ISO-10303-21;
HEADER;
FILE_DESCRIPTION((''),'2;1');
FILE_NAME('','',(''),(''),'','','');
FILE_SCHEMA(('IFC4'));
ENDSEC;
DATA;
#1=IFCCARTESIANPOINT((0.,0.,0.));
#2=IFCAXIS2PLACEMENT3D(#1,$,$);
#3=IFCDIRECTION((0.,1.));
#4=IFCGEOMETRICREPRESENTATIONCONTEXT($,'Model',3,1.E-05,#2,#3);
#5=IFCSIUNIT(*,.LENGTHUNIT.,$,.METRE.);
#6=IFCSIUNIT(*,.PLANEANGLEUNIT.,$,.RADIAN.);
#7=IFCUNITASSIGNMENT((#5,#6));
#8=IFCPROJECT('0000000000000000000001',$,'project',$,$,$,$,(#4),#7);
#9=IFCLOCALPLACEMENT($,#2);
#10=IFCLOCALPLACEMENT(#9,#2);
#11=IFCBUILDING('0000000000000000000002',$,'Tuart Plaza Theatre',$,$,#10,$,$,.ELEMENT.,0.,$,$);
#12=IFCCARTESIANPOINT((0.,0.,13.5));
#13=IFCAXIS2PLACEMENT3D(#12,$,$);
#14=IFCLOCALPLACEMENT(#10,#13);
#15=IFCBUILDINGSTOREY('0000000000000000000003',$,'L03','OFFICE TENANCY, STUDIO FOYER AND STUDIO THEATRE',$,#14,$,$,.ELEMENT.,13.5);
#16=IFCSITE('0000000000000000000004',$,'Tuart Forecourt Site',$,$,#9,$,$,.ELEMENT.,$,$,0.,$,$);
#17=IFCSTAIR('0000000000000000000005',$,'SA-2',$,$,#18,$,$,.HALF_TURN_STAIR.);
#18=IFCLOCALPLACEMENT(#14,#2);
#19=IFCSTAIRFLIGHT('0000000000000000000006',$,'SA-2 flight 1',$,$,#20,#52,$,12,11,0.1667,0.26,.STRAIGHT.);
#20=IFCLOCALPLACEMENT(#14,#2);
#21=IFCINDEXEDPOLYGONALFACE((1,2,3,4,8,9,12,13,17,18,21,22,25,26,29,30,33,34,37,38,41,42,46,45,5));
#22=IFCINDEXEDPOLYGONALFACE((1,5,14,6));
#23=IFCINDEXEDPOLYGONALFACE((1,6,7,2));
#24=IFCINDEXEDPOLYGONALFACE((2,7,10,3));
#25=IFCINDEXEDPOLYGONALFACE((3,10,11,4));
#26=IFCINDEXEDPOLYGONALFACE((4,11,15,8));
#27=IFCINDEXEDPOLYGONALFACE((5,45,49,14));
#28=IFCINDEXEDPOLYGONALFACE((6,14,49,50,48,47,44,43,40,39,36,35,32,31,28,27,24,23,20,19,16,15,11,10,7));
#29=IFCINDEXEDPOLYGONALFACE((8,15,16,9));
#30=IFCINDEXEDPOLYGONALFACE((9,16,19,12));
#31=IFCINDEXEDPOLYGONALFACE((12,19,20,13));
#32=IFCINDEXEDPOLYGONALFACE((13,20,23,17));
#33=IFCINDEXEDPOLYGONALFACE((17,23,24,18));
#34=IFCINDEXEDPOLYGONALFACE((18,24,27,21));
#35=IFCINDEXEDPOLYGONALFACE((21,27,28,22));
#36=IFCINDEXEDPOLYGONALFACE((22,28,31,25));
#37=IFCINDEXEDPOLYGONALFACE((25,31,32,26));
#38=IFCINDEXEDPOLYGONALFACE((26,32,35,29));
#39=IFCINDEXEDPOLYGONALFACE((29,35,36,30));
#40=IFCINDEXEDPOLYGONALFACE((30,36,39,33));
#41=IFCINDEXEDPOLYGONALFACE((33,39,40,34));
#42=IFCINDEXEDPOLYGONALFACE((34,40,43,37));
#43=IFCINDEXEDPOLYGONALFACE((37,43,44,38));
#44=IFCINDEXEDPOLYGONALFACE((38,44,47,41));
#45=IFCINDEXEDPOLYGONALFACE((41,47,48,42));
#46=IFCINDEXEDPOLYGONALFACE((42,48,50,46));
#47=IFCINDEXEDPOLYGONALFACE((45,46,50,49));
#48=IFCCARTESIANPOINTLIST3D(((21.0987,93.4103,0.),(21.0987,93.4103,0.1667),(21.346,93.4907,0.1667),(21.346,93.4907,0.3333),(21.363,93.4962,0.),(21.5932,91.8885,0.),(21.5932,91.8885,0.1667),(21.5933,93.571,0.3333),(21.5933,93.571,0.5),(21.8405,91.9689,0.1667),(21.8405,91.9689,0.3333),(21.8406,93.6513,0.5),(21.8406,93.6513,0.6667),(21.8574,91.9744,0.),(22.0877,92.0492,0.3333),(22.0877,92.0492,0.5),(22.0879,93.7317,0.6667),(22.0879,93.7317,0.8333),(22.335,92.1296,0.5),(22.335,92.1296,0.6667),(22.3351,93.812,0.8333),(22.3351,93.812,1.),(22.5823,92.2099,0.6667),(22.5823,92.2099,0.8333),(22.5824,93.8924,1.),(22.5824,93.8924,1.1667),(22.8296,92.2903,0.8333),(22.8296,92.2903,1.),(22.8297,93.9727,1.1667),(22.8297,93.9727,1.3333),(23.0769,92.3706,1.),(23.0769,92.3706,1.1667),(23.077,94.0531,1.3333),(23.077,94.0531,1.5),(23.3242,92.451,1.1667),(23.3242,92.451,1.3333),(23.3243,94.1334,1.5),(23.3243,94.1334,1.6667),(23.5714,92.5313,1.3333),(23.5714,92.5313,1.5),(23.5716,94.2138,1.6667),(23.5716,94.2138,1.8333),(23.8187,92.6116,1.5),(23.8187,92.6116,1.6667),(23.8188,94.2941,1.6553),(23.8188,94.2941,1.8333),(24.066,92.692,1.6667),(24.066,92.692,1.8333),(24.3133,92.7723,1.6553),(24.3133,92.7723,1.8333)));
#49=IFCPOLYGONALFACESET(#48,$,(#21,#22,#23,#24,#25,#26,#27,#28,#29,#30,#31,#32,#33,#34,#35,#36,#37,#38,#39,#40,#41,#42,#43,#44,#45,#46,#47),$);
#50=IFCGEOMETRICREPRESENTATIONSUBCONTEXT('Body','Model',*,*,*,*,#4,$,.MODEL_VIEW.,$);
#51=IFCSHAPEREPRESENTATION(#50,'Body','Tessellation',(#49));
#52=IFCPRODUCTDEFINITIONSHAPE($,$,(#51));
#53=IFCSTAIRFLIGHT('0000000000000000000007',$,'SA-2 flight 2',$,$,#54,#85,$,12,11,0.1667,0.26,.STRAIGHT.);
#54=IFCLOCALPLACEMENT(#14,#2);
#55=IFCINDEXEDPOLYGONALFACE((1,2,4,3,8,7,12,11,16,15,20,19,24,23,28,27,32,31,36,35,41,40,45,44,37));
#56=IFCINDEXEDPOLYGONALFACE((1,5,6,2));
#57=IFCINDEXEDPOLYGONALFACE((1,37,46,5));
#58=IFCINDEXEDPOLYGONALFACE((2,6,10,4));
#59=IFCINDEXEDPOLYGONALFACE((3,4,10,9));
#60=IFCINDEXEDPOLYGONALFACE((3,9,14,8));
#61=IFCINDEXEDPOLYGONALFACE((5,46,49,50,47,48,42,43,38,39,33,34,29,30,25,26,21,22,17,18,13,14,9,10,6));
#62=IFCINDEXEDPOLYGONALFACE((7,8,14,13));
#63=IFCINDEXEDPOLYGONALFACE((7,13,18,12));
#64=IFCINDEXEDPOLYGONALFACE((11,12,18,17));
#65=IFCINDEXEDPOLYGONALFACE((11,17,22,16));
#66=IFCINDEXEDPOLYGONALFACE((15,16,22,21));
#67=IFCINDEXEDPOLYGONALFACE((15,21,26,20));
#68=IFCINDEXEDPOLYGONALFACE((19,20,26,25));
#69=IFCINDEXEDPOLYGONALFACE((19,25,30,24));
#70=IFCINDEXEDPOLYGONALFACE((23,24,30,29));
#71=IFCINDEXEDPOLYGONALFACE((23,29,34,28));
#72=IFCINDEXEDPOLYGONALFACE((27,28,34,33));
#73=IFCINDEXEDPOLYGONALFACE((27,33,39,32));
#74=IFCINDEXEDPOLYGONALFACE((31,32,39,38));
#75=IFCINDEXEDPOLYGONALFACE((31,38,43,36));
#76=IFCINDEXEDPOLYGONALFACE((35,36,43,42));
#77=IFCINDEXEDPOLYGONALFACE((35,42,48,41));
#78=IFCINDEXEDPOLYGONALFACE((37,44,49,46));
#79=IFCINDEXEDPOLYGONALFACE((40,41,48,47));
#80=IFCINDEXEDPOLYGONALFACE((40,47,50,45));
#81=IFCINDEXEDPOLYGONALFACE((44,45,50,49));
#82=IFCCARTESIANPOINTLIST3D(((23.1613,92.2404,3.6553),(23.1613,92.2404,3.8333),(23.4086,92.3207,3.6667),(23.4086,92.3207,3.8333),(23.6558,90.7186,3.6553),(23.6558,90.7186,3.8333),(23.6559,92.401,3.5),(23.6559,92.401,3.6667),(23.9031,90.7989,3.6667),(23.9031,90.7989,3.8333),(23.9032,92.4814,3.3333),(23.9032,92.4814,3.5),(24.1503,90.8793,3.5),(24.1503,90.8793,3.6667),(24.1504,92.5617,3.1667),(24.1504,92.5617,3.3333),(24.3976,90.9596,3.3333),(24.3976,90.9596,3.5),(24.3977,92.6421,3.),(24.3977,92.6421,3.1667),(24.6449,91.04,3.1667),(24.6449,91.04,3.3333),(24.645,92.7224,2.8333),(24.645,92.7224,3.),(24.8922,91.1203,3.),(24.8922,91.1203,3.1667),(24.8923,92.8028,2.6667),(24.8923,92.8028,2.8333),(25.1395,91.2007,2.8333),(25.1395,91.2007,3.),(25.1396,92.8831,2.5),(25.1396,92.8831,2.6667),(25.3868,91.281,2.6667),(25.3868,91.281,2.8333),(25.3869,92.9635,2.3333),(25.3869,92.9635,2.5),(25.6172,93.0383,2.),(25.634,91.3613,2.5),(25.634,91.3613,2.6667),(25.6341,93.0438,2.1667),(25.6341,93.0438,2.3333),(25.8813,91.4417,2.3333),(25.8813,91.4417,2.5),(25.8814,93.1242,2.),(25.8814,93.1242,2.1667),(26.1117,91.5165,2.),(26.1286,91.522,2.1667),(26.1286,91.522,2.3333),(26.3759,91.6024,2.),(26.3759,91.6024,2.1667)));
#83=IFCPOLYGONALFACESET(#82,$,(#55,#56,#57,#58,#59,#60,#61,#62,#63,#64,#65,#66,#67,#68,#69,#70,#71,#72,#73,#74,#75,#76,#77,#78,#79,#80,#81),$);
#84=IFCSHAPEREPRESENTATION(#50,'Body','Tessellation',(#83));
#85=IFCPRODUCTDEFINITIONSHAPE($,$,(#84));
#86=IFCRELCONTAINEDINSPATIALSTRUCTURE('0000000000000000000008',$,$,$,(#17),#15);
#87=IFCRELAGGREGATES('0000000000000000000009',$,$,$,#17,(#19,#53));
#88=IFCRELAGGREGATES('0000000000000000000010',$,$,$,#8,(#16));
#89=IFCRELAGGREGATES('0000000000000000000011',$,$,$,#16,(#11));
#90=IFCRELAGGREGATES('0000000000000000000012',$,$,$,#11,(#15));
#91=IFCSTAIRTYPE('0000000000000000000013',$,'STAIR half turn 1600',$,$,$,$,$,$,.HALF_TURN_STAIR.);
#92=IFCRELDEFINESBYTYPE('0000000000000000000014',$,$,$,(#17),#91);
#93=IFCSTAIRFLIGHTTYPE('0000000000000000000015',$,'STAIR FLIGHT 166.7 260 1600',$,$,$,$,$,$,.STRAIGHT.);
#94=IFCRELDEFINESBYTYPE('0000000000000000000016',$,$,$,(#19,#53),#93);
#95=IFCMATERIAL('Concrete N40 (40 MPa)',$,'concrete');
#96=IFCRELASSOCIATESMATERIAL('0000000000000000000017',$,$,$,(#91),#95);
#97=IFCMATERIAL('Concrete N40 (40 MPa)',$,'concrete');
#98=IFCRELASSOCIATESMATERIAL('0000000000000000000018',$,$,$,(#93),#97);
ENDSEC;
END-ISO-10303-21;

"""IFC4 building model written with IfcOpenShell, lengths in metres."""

from ifc_helpers import new_model, si_unit, direction, frame, origin, place, context, subcontext, project, spatial, polyline, outline, extrude, material, type_object, element, aggregate, save


model = new_model("IFC4")

# Units and contexts
model_context = context("Model", 3, precision=1e-05, world=origin(), true_north=direction((0.0, 1.0)))
body_context = subcontext(model_context, "Body", "Model", "MODEL_VIEW")
ifc_project = project(units=[si_unit("LENGTHUNIT", "METRE"), si_unit("PLANEANGLEUNIT", "RADIAN")], contexts=[model_context])

# Site, building, storey
site_placement = place(None, origin())
site = spatial("IfcSite", under=ifc_project, at=site_placement, Name="Tuart Forecourt Site", CompositionType="ELEMENT", RefElevation=0.0)
building_placement = place(site_placement, origin())
building = spatial("IfcBuilding", under=site, at=building_placement, Name="Tuart Plaza Theatre", CompositionType="ELEMENT", ElevationOfRefHeight=0.0)
storey_placement = place(building_placement, frame((0.0, 0.0, 13.5)))
storey = spatial("IfcBuildingStorey", under=building, at=storey_placement, Name="L03", Description="OFFICE TENANCY, STUDIO FOYER AND STUDIO THEATRE", CompositionType="ELEMENT", Elevation=13.5)

# Stair, stair flights
ifc_material_1 = material(Name="Concrete N40 (40 MPa)", Category="concrete")
stair_type = type_object("IfcStairType", Name="STAIR half turn 1600", PredefinedType="HALF_TURN_STAIR", material=ifc_material_1)
stair_placement = place(storey_placement, origin())
stair = element("IfcStair", 1, at=stair_placement, inside=storey, type_object=stair_type, Name="SA-2", PredefinedType="HALF_TURN_STAIR")
ifc_material_2 = material(Name="Concrete N40 (40 MPa)", Category="concrete")
stair_flight_type = type_object("IfcStairFlightType", Name="STAIR FLIGHT 166.7 260 1600", PredefinedType="STRAIGHT", material=ifc_material_2)
stair_flight_1_placement = place(storey_placement, frame((21.3459, 92.6494, 0.0), z_axis=(0.0, 0.0, 1.0), x_axis=(0.951057, 0.309017, 0.0)))
stair_flight_1 = element("IfcStairFlight", 2, at=stair_flight_1_placement, type_object=stair_flight_type, Name="SA-2 flight 1", NumberOfRisers=12, NumberOfTreads=11, PredefinedType="STRAIGHT", RiserHeight=0.1667, TreadLength=0.26, context=body_context, shape_type="SweptSolid", body=[
    extrude(outline(polyline([(0.0, 0.0), (0.0, 0.1667), (0.26, 0.1667), (0.26, 0.3333), (0.52, 0.3333), (0.52, 0.5), (0.78, 0.5), (0.78, 0.6667), (1.04, 0.6667), (1.04, 0.8333), (1.3, 0.8333), (1.3, 1.0), (1.5601, 1.0), (1.5601, 1.1667), (1.8201, 1.1667), (1.8201, 1.3333), (2.0801, 1.3333), (2.0801, 1.5), (2.3401, 1.5), (2.3401, 1.6667), (2.6001, 1.6667), (2.6001, 1.8333), (2.8601, 1.8333), (2.8601, 2.0), (2.8601, 1.6553), (0.2778, 0.0), (0.0, 0.0)])), frame((0.0, 0.8, 0.0), z_axis=(0.0, -1.0, 0.0), x_axis=(1.0, 0.0, 0.0)), (0.0, 0.0, 1.0), 1.6001),
])
stair_flight_2_placement = place(storey_placement, frame((26.1287, 92.3633, 2.0), z_axis=(0.0, 0.0, 1.0), x_axis=(-0.951057, -0.309017, 0.0)))
stair_flight_2 = element("IfcStairFlight", 3, at=stair_flight_2_placement, type_object=stair_flight_type, Name="SA-2 flight 2", NumberOfRisers=12, NumberOfTreads=11, PredefinedType="STRAIGHT", RiserHeight=0.1667, TreadLength=0.26, context=body_context, shape_type="SweptSolid", body=[
    extrude(outline(polyline([(0.0, 0.0), (0.0, 0.1667), (0.26, 0.1667), (0.26, 0.3333), (0.52, 0.3333), (0.52, 0.5), (0.78, 0.5), (0.78, 0.6667), (1.04, 0.6667), (1.04, 0.8333), (1.3, 0.8333), (1.3, 1.0), (1.5601, 1.0), (1.5601, 1.1667), (1.8201, 1.1667), (1.8201, 1.3333), (2.0801, 1.3333), (2.0801, 1.5), (2.3401, 1.5), (2.3401, 1.6667), (2.6001, 1.6667), (2.6001, 1.8333), (2.8601, 1.8333), (2.8601, 2.0), (2.8601, 1.6553), (0.2778, 0.0), (0.0, 0.0)])), frame((0.0, 0.8, 0.0), z_axis=(0.0, -1.0, 0.0), x_axis=(1.0, 0.0, 0.0)), (0.0, 0.0, 1.0), 1.6001),
])
aggregate(stair, [stair_flight_1, stair_flight_2])

save(model, "model.ifc")
